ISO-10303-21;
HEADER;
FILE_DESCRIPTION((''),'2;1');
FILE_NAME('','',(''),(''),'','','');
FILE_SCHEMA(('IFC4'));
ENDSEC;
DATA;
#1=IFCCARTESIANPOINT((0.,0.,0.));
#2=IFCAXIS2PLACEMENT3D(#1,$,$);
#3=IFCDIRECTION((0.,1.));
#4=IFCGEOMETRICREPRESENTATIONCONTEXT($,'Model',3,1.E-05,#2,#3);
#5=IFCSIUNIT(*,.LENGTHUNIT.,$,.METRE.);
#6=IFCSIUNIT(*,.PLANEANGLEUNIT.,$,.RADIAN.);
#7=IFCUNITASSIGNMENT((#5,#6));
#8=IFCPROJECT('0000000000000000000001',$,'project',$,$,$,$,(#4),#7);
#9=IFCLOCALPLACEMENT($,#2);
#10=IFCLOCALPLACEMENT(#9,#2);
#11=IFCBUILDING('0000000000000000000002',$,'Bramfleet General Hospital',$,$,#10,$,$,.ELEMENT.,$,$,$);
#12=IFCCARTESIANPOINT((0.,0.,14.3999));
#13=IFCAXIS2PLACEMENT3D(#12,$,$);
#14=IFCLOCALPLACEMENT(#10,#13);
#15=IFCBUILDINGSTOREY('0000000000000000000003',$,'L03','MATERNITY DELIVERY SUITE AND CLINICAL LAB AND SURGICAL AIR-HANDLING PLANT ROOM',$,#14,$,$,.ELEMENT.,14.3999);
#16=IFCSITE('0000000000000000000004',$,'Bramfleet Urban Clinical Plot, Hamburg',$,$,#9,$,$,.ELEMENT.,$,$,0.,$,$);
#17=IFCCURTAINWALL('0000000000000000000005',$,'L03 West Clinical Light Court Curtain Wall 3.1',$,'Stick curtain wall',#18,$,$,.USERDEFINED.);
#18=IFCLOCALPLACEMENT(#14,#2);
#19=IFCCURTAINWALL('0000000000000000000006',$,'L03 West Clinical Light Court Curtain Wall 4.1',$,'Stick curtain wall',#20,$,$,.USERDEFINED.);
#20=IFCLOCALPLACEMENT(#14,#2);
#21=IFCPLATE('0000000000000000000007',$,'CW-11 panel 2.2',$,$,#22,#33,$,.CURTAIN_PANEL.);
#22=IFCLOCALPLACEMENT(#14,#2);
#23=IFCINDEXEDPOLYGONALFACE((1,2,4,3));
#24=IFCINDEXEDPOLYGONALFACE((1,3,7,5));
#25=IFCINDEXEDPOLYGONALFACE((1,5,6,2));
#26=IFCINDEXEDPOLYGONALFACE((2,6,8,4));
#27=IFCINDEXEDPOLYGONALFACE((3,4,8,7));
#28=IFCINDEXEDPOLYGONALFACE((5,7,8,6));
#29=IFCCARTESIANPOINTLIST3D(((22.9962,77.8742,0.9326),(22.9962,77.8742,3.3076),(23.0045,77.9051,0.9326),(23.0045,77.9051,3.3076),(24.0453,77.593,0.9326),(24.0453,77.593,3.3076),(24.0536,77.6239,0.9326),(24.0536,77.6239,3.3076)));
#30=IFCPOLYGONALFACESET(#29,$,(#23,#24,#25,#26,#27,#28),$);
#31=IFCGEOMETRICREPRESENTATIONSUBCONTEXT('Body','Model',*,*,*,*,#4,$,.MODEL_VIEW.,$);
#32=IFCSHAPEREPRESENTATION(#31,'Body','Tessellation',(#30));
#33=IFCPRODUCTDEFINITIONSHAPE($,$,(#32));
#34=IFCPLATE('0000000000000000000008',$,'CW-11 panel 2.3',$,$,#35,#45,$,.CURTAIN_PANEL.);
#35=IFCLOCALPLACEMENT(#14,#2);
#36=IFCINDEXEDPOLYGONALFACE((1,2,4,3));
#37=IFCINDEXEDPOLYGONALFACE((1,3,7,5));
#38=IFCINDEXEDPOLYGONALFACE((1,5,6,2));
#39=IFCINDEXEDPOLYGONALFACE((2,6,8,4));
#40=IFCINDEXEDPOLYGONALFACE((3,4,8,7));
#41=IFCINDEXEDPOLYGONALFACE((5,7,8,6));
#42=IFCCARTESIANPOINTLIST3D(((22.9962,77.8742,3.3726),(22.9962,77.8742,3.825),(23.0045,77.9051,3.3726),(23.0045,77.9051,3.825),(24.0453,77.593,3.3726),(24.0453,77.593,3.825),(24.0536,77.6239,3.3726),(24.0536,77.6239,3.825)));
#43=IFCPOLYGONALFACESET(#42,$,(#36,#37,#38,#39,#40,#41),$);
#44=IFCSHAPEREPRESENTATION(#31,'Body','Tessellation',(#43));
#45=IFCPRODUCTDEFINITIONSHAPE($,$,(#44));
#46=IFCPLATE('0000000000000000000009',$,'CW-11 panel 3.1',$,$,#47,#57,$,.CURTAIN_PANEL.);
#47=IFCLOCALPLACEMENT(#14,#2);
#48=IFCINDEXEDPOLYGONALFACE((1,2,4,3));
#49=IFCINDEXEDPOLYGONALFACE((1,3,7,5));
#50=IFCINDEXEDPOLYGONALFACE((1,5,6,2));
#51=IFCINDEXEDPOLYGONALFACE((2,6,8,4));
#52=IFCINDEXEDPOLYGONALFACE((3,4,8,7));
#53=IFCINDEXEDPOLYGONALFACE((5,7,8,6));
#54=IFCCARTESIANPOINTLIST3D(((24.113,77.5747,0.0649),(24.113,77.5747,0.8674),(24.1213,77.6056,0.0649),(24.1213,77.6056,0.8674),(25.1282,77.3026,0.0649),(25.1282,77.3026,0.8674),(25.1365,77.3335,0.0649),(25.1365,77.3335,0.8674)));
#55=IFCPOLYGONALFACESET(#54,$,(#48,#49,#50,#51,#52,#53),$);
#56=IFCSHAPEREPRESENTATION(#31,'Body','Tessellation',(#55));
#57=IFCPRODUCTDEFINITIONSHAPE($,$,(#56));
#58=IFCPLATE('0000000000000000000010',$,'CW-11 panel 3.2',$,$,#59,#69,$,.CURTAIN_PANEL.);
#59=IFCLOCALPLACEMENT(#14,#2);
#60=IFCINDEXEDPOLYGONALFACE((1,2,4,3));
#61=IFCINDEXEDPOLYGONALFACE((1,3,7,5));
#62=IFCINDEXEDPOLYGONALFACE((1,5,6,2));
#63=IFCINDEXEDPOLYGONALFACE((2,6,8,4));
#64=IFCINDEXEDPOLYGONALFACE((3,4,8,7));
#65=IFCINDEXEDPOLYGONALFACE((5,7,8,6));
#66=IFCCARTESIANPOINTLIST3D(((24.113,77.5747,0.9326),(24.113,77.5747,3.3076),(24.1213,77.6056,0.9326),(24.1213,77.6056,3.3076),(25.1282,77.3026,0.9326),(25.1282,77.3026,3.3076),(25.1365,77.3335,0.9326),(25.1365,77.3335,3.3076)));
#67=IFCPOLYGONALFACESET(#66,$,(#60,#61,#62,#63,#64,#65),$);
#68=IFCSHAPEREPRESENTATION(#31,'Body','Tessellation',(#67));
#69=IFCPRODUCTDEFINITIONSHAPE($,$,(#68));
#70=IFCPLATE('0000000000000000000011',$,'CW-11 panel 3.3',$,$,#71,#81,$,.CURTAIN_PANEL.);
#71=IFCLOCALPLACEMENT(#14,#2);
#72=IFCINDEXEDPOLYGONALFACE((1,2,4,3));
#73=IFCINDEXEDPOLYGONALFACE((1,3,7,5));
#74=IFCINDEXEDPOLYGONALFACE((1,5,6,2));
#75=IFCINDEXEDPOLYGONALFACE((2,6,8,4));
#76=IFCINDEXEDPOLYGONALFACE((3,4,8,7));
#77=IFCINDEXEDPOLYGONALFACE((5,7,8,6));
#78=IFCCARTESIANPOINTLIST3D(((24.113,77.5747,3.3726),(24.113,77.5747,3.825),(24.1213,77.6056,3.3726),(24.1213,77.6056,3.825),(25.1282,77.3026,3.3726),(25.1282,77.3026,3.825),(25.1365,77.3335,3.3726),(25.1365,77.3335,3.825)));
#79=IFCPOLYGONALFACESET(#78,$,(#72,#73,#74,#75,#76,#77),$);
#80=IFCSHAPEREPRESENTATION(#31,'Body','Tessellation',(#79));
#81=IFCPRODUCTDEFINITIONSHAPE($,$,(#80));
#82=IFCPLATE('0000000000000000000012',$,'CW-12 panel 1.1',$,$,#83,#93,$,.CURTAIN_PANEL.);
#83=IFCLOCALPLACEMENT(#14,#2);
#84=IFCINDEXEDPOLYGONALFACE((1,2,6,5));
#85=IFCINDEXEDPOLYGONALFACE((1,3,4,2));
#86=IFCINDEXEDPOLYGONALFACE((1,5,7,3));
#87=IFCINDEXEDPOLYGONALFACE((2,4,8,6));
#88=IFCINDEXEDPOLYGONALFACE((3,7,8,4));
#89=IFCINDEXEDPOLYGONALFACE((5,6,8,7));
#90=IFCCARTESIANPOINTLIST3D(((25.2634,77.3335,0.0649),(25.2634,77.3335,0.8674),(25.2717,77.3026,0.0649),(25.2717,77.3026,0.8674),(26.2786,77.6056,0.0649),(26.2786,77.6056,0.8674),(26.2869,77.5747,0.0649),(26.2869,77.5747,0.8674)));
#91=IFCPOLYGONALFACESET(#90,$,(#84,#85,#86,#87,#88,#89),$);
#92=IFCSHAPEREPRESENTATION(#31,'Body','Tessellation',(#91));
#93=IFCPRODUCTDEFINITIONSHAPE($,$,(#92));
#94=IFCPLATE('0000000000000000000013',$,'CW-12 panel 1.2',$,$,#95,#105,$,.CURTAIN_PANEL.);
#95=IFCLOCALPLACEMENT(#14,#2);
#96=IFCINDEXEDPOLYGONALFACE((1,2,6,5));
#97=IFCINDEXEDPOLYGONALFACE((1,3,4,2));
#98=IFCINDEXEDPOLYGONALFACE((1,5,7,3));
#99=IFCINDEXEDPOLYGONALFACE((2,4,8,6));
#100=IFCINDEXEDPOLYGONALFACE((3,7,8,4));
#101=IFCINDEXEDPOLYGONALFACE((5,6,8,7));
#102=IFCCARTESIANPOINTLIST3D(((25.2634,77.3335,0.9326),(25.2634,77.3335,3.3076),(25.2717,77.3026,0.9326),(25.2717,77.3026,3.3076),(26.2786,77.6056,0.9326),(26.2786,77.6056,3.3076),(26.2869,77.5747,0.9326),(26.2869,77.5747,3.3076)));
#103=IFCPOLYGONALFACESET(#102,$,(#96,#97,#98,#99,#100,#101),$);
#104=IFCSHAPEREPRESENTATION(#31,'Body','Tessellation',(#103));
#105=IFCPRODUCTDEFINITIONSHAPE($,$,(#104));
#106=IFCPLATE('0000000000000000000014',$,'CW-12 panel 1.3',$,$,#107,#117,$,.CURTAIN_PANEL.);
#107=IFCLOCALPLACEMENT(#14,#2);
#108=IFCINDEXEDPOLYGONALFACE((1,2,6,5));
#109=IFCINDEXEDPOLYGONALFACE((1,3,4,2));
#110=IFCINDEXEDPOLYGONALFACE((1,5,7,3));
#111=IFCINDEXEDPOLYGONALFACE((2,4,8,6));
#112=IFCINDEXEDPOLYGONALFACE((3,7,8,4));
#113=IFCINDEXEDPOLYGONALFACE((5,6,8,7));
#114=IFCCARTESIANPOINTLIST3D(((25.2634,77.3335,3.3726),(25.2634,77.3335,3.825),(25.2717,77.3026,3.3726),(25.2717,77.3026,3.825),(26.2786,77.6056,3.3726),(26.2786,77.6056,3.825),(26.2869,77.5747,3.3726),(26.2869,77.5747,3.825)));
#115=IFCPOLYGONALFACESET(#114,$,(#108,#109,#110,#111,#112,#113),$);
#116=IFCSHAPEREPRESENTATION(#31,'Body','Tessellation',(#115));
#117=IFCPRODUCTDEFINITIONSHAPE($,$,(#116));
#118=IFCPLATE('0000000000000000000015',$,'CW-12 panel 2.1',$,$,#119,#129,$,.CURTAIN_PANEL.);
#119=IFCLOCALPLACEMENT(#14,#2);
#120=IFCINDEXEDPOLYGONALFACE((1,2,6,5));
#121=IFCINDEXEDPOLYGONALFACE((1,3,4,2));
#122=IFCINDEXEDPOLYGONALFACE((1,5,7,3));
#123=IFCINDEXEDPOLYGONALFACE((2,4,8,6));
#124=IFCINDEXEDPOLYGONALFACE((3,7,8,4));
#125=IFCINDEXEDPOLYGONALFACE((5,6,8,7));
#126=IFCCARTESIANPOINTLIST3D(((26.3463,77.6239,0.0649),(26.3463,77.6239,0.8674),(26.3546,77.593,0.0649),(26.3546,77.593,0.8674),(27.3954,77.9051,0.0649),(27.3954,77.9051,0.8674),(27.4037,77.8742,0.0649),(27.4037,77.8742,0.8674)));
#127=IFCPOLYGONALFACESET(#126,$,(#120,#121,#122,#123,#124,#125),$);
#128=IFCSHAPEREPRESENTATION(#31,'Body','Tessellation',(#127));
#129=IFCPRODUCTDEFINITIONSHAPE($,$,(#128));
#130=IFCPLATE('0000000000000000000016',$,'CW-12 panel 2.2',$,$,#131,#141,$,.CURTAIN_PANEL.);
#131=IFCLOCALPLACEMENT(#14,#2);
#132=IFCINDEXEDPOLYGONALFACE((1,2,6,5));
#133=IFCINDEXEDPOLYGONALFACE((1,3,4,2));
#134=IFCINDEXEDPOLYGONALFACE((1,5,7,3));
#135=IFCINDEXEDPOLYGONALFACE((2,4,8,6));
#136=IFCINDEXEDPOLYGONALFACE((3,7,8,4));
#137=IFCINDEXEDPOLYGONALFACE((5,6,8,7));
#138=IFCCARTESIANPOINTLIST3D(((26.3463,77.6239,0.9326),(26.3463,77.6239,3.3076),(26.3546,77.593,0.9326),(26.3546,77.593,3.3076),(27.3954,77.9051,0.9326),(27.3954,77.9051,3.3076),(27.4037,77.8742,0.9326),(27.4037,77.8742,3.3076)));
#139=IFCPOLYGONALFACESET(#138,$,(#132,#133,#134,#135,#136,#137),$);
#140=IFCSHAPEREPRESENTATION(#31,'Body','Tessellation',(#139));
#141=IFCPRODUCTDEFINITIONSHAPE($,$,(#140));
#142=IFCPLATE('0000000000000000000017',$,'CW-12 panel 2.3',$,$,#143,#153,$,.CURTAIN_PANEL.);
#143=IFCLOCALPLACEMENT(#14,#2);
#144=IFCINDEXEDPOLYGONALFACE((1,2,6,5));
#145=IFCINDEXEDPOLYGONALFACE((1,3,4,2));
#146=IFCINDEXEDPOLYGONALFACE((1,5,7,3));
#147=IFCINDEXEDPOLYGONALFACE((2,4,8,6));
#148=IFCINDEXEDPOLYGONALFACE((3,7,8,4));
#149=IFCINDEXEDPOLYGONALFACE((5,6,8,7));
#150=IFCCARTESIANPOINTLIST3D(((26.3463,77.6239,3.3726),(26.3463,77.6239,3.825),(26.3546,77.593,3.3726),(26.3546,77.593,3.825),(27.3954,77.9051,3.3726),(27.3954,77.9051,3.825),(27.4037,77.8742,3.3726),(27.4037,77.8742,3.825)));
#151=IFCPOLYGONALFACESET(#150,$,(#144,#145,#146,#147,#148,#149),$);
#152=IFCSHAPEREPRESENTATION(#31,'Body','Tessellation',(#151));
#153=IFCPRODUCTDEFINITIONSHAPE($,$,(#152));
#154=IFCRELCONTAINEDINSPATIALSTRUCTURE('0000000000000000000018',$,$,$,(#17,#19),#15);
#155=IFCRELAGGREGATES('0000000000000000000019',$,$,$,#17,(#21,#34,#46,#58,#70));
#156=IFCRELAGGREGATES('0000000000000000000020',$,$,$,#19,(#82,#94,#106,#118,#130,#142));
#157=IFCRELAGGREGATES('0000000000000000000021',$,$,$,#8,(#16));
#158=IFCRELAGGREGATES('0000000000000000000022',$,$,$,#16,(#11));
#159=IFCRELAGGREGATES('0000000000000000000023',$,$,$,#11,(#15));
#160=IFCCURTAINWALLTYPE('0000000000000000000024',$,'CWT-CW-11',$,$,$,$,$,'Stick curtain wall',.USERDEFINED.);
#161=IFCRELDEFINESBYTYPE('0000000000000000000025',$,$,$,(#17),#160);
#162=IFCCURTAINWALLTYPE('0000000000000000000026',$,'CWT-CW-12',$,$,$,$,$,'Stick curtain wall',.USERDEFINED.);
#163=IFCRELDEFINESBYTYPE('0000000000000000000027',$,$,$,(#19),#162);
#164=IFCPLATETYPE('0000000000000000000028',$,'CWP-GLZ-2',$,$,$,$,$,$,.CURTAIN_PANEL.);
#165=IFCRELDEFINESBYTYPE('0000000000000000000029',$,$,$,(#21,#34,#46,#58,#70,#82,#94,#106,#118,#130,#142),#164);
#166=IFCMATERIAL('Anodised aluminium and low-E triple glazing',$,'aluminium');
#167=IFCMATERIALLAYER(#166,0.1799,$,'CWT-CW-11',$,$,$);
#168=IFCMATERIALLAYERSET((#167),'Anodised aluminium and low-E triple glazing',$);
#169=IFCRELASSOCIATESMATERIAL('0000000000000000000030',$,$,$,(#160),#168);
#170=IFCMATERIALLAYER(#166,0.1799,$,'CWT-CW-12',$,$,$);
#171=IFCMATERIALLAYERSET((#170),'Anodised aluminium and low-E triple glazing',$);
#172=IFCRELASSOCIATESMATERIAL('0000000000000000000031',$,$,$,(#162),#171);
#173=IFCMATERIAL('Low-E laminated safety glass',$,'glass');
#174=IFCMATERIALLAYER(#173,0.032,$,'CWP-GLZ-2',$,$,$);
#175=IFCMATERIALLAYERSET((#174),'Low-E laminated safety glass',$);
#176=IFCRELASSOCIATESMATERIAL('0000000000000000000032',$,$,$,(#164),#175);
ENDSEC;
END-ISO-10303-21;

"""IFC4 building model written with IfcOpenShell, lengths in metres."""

from ifc_helpers import new_model, si_unit, direction, frame, origin, origin_2d, place, context, subcontext, project, spatial, rectangle, extrude, material, layer, layer_set, type_object, element, aggregate, save


model = new_model("IFC4")

# Units and contexts
model_context = context("Model", 3, precision=1e-05, world=origin(), true_north=direction((0.0, 1.0)))
body_context = subcontext(model_context, "Body", "Model", "MODEL_VIEW")
ifc_project = project(units=[si_unit("LENGTHUNIT", "METRE"), si_unit("PLANEANGLEUNIT", "RADIAN")], contexts=[model_context])

# Site, building, storey
site_placement = place(None, origin())
site = spatial("IfcSite", under=ifc_project, at=site_placement, Name="Bramfleet Urban Clinical Plot, Hamburg", CompositionType="ELEMENT", RefElevation=0.0)
building_placement = place(site_placement, origin())
building = spatial("IfcBuilding", under=site, at=building_placement, Name="Bramfleet General Hospital", CompositionType="ELEMENT")
storey_placement = place(building_placement, frame((0.0, 0.0, 14.3999)))
storey = spatial("IfcBuildingStorey", under=building, at=storey_placement, Name="L03", Description="MATERNITY DELIVERY SUITE AND CLINICAL LAB AND SURGICAL AIR-HANDLING PLANT ROOM", CompositionType="ELEMENT", Elevation=14.3999)

# Curtain wall
ifc_material_1 = material(Name="Anodised aluminium and low-E triple glazing", Category="aluminium")
ifc_layer_1 = layer(ifc_material_1, 0.1799, Name="CWT-CW-11")
ifc_layer_set_1 = layer_set([ifc_layer_1], Name="Anodised aluminium and low-E triple glazing")
curtain_wall_type_1 = type_object("IfcCurtainWallType", Name="CWT-CW-11", ElementType="Stick curtain wall", PredefinedType="USERDEFINED", material=ifc_layer_set_1)
curtain_wall_1_placement = place(storey_placement, origin())
curtain_wall_1 = element("IfcCurtainWall", 1, at=curtain_wall_1_placement, inside=storey, type_object=curtain_wall_type_1, Name="L03 West Clinical Light Court Curtain Wall 3.1", ObjectType="Stick curtain wall", PredefinedType="USERDEFINED")

# Curtain wall
ifc_layer_2 = layer(ifc_material_1, 0.1799, Name="CWT-CW-12")
ifc_layer_set_2 = layer_set([ifc_layer_2], Name="Anodised aluminium and low-E triple glazing")
curtain_wall_type_2 = type_object("IfcCurtainWallType", Name="CWT-CW-12", ElementType="Stick curtain wall", PredefinedType="USERDEFINED", material=ifc_layer_set_2)
curtain_wall_2_placement = place(storey_placement, origin())
curtain_wall_2 = element("IfcCurtainWall", 2, at=curtain_wall_2_placement, inside=storey, type_object=curtain_wall_type_2, Name="L03 West Clinical Light Court Curtain Wall 4.1", ObjectType="Stick curtain wall", PredefinedType="USERDEFINED")

# Plates
ifc_material_2 = material(Name="Low-E laminated safety glass", Category="glass")
ifc_layer_3 = layer(ifc_material_2, 0.032, Name="CWP-GLZ-2")
ifc_layer_set_3 = layer_set([ifc_layer_3], Name="Low-E laminated safety glass")
plate_type = type_object("IfcPlateType", Name="CWP-GLZ-2", PredefinedType="CURTAIN_PANEL", material=ifc_layer_set_3)
plate_1_placement = place(storey_placement, frame((23.5249, 77.749, 0.9326), z_axis=(0.0, 0.0, 1.0), x_axis=(0.965899, -0.258919, 0.0)))
plate_1 = element("IfcPlate", 3, at=plate_1_placement, type_object=plate_type, Name="CW-11 panel 2.2", PredefinedType="CURTAIN_PANEL", context=body_context, shape_type="SweptSolid", body=[
    extrude(rectangle(XDim=1.0862, YDim=0.032, at=origin_2d()), origin(), (0.0, 0.0, 1.0), 2.375),
])
plate_2_placement = place(storey_placement, frame((23.5249, 77.749, 3.3726), z_axis=(0.0, 0.0, 1.0), x_axis=(0.965899, -0.258919, 0.0)))
plate_2 = element("IfcPlate", 4, at=plate_2_placement, type_object=plate_type, Name="CW-11 panel 2.3", PredefinedType="CURTAIN_PANEL", context=body_context, shape_type="SweptSolid", body=[
    extrude(rectangle(XDim=1.0862, YDim=0.032, at=origin_2d()), origin(), (0.0, 0.0, 1.0), 0.4524),
])
plate_3_placement = place(storey_placement, frame((24.6248, 77.4541, 0.0649), z_axis=(0.0, 0.0, 1.0), x_axis=(0.965899, -0.258919, 0.0)))
plate_3 = element("IfcPlate", 5, at=plate_3_placement, type_object=plate_type, Name="CW-11 panel 3.1", PredefinedType="CURTAIN_PANEL", context=body_context, shape_type="SweptSolid", body=[
    extrude(rectangle(XDim=1.051, YDim=0.032, at=origin_2d()), origin(), (0.0, 0.0, 1.0), 0.8025),
])
plate_4_placement = place(storey_placement, frame((24.6248, 77.4541, 0.9326), z_axis=(0.0, 0.0, 1.0), x_axis=(0.965899, -0.258919, 0.0)))
plate_4 = element("IfcPlate", 6, at=plate_4_placement, type_object=plate_type, Name="CW-11 panel 3.2", PredefinedType="CURTAIN_PANEL", context=body_context, shape_type="SweptSolid", body=[
    extrude(rectangle(XDim=1.051, YDim=0.032, at=origin_2d()), origin(), (0.0, 0.0, 1.0), 2.375),
])
plate_5_placement = place(storey_placement, frame((24.6248, 77.4541, 3.3726), z_axis=(0.0, 0.0, 1.0), x_axis=(0.965899, -0.258919, 0.0)))
plate_5 = element("IfcPlate", 7, at=plate_5_placement, type_object=plate_type, Name="CW-11 panel 3.3", PredefinedType="CURTAIN_PANEL", context=body_context, shape_type="SweptSolid", body=[
    extrude(rectangle(XDim=1.051, YDim=0.032, at=origin_2d()), origin(), (0.0, 0.0, 1.0), 0.4524),
])
aggregate(curtain_wall_1, [plate_1, plate_2, plate_3, plate_4, plate_5])
plate_6_placement = place(storey_placement, frame((25.7751, 77.4541, 0.0649), z_axis=(0.0, 0.0, 1.0), x_axis=(0.965899, 0.258919, 0.0)))
plate_6 = element("IfcPlate", 8, at=plate_6_placement, type_object=plate_type, Name="CW-12 panel 1.1", PredefinedType="CURTAIN_PANEL", context=body_context, shape_type="SweptSolid", body=[
    extrude(rectangle(XDim=1.051, YDim=0.032, at=origin_2d()), origin(), (0.0, 0.0, 1.0), 0.8025),
])
plate_7_placement = place(storey_placement, frame((25.7751, 77.4541, 0.9326), z_axis=(0.0, 0.0, 1.0), x_axis=(0.965899, 0.258919, 0.0)))
plate_7 = element("IfcPlate", 9, at=plate_7_placement, type_object=plate_type, Name="CW-12 panel 1.2", PredefinedType="CURTAIN_PANEL", context=body_context, shape_type="SweptSolid", body=[
    extrude(rectangle(XDim=1.051, YDim=0.032, at=origin_2d()), origin(), (0.0, 0.0, 1.0), 2.375),
])
plate_8_placement = place(storey_placement, frame((25.7751, 77.4541, 3.3726), z_axis=(0.0, 0.0, 1.0), x_axis=(0.965899, 0.258919, 0.0)))
plate_8 = element("IfcPlate", 10, at=plate_8_placement, type_object=plate_type, Name="CW-12 panel 1.3", PredefinedType="CURTAIN_PANEL", context=body_context, shape_type="SweptSolid", body=[
    extrude(rectangle(XDim=1.051, YDim=0.032, at=origin_2d()), origin(), (0.0, 0.0, 1.0), 0.4524),
])
plate_9_placement = place(storey_placement, frame((26.875, 77.749, 0.0649), z_axis=(0.0, 0.0, 1.0), x_axis=(0.965899, 0.258919, 0.0)))
plate_9 = element("IfcPlate", 11, at=plate_9_placement, type_object=plate_type, Name="CW-12 panel 2.1", PredefinedType="CURTAIN_PANEL", context=body_context, shape_type="SweptSolid", body=[
    extrude(rectangle(XDim=1.0862, YDim=0.032, at=origin_2d()), origin(), (0.0, 0.0, 1.0), 0.8025),
])
plate_10_placement = place(storey_placement, frame((26.875, 77.749, 0.9326), z_axis=(0.0, 0.0, 1.0), x_axis=(0.965899, 0.258919, 0.0)))
plate_10 = element("IfcPlate", 12, at=plate_10_placement, type_object=plate_type, Name="CW-12 panel 2.2", PredefinedType="CURTAIN_PANEL", context=body_context, shape_type="SweptSolid", body=[
    extrude(rectangle(XDim=1.0862, YDim=0.032, at=origin_2d()), origin(), (0.0, 0.0, 1.0), 2.375),
])
plate_11_placement = place(storey_placement, frame((26.875, 77.749, 3.3726), z_axis=(0.0, 0.0, 1.0), x_axis=(0.965899, 0.258919, 0.0)))
plate_11 = element("IfcPlate", 13, at=plate_11_placement, type_object=plate_type, Name="CW-12 panel 2.3", PredefinedType="CURTAIN_PANEL", context=body_context, shape_type="SweptSolid", body=[
    extrude(rectangle(XDim=1.0862, YDim=0.032, at=origin_2d()), origin(), (0.0, 0.0, 1.0), 0.4524),
])
aggregate(curtain_wall_2, [plate_6, plate_7, plate_8, plate_9, plate_10, plate_11])

save(model, "model.ifc")
